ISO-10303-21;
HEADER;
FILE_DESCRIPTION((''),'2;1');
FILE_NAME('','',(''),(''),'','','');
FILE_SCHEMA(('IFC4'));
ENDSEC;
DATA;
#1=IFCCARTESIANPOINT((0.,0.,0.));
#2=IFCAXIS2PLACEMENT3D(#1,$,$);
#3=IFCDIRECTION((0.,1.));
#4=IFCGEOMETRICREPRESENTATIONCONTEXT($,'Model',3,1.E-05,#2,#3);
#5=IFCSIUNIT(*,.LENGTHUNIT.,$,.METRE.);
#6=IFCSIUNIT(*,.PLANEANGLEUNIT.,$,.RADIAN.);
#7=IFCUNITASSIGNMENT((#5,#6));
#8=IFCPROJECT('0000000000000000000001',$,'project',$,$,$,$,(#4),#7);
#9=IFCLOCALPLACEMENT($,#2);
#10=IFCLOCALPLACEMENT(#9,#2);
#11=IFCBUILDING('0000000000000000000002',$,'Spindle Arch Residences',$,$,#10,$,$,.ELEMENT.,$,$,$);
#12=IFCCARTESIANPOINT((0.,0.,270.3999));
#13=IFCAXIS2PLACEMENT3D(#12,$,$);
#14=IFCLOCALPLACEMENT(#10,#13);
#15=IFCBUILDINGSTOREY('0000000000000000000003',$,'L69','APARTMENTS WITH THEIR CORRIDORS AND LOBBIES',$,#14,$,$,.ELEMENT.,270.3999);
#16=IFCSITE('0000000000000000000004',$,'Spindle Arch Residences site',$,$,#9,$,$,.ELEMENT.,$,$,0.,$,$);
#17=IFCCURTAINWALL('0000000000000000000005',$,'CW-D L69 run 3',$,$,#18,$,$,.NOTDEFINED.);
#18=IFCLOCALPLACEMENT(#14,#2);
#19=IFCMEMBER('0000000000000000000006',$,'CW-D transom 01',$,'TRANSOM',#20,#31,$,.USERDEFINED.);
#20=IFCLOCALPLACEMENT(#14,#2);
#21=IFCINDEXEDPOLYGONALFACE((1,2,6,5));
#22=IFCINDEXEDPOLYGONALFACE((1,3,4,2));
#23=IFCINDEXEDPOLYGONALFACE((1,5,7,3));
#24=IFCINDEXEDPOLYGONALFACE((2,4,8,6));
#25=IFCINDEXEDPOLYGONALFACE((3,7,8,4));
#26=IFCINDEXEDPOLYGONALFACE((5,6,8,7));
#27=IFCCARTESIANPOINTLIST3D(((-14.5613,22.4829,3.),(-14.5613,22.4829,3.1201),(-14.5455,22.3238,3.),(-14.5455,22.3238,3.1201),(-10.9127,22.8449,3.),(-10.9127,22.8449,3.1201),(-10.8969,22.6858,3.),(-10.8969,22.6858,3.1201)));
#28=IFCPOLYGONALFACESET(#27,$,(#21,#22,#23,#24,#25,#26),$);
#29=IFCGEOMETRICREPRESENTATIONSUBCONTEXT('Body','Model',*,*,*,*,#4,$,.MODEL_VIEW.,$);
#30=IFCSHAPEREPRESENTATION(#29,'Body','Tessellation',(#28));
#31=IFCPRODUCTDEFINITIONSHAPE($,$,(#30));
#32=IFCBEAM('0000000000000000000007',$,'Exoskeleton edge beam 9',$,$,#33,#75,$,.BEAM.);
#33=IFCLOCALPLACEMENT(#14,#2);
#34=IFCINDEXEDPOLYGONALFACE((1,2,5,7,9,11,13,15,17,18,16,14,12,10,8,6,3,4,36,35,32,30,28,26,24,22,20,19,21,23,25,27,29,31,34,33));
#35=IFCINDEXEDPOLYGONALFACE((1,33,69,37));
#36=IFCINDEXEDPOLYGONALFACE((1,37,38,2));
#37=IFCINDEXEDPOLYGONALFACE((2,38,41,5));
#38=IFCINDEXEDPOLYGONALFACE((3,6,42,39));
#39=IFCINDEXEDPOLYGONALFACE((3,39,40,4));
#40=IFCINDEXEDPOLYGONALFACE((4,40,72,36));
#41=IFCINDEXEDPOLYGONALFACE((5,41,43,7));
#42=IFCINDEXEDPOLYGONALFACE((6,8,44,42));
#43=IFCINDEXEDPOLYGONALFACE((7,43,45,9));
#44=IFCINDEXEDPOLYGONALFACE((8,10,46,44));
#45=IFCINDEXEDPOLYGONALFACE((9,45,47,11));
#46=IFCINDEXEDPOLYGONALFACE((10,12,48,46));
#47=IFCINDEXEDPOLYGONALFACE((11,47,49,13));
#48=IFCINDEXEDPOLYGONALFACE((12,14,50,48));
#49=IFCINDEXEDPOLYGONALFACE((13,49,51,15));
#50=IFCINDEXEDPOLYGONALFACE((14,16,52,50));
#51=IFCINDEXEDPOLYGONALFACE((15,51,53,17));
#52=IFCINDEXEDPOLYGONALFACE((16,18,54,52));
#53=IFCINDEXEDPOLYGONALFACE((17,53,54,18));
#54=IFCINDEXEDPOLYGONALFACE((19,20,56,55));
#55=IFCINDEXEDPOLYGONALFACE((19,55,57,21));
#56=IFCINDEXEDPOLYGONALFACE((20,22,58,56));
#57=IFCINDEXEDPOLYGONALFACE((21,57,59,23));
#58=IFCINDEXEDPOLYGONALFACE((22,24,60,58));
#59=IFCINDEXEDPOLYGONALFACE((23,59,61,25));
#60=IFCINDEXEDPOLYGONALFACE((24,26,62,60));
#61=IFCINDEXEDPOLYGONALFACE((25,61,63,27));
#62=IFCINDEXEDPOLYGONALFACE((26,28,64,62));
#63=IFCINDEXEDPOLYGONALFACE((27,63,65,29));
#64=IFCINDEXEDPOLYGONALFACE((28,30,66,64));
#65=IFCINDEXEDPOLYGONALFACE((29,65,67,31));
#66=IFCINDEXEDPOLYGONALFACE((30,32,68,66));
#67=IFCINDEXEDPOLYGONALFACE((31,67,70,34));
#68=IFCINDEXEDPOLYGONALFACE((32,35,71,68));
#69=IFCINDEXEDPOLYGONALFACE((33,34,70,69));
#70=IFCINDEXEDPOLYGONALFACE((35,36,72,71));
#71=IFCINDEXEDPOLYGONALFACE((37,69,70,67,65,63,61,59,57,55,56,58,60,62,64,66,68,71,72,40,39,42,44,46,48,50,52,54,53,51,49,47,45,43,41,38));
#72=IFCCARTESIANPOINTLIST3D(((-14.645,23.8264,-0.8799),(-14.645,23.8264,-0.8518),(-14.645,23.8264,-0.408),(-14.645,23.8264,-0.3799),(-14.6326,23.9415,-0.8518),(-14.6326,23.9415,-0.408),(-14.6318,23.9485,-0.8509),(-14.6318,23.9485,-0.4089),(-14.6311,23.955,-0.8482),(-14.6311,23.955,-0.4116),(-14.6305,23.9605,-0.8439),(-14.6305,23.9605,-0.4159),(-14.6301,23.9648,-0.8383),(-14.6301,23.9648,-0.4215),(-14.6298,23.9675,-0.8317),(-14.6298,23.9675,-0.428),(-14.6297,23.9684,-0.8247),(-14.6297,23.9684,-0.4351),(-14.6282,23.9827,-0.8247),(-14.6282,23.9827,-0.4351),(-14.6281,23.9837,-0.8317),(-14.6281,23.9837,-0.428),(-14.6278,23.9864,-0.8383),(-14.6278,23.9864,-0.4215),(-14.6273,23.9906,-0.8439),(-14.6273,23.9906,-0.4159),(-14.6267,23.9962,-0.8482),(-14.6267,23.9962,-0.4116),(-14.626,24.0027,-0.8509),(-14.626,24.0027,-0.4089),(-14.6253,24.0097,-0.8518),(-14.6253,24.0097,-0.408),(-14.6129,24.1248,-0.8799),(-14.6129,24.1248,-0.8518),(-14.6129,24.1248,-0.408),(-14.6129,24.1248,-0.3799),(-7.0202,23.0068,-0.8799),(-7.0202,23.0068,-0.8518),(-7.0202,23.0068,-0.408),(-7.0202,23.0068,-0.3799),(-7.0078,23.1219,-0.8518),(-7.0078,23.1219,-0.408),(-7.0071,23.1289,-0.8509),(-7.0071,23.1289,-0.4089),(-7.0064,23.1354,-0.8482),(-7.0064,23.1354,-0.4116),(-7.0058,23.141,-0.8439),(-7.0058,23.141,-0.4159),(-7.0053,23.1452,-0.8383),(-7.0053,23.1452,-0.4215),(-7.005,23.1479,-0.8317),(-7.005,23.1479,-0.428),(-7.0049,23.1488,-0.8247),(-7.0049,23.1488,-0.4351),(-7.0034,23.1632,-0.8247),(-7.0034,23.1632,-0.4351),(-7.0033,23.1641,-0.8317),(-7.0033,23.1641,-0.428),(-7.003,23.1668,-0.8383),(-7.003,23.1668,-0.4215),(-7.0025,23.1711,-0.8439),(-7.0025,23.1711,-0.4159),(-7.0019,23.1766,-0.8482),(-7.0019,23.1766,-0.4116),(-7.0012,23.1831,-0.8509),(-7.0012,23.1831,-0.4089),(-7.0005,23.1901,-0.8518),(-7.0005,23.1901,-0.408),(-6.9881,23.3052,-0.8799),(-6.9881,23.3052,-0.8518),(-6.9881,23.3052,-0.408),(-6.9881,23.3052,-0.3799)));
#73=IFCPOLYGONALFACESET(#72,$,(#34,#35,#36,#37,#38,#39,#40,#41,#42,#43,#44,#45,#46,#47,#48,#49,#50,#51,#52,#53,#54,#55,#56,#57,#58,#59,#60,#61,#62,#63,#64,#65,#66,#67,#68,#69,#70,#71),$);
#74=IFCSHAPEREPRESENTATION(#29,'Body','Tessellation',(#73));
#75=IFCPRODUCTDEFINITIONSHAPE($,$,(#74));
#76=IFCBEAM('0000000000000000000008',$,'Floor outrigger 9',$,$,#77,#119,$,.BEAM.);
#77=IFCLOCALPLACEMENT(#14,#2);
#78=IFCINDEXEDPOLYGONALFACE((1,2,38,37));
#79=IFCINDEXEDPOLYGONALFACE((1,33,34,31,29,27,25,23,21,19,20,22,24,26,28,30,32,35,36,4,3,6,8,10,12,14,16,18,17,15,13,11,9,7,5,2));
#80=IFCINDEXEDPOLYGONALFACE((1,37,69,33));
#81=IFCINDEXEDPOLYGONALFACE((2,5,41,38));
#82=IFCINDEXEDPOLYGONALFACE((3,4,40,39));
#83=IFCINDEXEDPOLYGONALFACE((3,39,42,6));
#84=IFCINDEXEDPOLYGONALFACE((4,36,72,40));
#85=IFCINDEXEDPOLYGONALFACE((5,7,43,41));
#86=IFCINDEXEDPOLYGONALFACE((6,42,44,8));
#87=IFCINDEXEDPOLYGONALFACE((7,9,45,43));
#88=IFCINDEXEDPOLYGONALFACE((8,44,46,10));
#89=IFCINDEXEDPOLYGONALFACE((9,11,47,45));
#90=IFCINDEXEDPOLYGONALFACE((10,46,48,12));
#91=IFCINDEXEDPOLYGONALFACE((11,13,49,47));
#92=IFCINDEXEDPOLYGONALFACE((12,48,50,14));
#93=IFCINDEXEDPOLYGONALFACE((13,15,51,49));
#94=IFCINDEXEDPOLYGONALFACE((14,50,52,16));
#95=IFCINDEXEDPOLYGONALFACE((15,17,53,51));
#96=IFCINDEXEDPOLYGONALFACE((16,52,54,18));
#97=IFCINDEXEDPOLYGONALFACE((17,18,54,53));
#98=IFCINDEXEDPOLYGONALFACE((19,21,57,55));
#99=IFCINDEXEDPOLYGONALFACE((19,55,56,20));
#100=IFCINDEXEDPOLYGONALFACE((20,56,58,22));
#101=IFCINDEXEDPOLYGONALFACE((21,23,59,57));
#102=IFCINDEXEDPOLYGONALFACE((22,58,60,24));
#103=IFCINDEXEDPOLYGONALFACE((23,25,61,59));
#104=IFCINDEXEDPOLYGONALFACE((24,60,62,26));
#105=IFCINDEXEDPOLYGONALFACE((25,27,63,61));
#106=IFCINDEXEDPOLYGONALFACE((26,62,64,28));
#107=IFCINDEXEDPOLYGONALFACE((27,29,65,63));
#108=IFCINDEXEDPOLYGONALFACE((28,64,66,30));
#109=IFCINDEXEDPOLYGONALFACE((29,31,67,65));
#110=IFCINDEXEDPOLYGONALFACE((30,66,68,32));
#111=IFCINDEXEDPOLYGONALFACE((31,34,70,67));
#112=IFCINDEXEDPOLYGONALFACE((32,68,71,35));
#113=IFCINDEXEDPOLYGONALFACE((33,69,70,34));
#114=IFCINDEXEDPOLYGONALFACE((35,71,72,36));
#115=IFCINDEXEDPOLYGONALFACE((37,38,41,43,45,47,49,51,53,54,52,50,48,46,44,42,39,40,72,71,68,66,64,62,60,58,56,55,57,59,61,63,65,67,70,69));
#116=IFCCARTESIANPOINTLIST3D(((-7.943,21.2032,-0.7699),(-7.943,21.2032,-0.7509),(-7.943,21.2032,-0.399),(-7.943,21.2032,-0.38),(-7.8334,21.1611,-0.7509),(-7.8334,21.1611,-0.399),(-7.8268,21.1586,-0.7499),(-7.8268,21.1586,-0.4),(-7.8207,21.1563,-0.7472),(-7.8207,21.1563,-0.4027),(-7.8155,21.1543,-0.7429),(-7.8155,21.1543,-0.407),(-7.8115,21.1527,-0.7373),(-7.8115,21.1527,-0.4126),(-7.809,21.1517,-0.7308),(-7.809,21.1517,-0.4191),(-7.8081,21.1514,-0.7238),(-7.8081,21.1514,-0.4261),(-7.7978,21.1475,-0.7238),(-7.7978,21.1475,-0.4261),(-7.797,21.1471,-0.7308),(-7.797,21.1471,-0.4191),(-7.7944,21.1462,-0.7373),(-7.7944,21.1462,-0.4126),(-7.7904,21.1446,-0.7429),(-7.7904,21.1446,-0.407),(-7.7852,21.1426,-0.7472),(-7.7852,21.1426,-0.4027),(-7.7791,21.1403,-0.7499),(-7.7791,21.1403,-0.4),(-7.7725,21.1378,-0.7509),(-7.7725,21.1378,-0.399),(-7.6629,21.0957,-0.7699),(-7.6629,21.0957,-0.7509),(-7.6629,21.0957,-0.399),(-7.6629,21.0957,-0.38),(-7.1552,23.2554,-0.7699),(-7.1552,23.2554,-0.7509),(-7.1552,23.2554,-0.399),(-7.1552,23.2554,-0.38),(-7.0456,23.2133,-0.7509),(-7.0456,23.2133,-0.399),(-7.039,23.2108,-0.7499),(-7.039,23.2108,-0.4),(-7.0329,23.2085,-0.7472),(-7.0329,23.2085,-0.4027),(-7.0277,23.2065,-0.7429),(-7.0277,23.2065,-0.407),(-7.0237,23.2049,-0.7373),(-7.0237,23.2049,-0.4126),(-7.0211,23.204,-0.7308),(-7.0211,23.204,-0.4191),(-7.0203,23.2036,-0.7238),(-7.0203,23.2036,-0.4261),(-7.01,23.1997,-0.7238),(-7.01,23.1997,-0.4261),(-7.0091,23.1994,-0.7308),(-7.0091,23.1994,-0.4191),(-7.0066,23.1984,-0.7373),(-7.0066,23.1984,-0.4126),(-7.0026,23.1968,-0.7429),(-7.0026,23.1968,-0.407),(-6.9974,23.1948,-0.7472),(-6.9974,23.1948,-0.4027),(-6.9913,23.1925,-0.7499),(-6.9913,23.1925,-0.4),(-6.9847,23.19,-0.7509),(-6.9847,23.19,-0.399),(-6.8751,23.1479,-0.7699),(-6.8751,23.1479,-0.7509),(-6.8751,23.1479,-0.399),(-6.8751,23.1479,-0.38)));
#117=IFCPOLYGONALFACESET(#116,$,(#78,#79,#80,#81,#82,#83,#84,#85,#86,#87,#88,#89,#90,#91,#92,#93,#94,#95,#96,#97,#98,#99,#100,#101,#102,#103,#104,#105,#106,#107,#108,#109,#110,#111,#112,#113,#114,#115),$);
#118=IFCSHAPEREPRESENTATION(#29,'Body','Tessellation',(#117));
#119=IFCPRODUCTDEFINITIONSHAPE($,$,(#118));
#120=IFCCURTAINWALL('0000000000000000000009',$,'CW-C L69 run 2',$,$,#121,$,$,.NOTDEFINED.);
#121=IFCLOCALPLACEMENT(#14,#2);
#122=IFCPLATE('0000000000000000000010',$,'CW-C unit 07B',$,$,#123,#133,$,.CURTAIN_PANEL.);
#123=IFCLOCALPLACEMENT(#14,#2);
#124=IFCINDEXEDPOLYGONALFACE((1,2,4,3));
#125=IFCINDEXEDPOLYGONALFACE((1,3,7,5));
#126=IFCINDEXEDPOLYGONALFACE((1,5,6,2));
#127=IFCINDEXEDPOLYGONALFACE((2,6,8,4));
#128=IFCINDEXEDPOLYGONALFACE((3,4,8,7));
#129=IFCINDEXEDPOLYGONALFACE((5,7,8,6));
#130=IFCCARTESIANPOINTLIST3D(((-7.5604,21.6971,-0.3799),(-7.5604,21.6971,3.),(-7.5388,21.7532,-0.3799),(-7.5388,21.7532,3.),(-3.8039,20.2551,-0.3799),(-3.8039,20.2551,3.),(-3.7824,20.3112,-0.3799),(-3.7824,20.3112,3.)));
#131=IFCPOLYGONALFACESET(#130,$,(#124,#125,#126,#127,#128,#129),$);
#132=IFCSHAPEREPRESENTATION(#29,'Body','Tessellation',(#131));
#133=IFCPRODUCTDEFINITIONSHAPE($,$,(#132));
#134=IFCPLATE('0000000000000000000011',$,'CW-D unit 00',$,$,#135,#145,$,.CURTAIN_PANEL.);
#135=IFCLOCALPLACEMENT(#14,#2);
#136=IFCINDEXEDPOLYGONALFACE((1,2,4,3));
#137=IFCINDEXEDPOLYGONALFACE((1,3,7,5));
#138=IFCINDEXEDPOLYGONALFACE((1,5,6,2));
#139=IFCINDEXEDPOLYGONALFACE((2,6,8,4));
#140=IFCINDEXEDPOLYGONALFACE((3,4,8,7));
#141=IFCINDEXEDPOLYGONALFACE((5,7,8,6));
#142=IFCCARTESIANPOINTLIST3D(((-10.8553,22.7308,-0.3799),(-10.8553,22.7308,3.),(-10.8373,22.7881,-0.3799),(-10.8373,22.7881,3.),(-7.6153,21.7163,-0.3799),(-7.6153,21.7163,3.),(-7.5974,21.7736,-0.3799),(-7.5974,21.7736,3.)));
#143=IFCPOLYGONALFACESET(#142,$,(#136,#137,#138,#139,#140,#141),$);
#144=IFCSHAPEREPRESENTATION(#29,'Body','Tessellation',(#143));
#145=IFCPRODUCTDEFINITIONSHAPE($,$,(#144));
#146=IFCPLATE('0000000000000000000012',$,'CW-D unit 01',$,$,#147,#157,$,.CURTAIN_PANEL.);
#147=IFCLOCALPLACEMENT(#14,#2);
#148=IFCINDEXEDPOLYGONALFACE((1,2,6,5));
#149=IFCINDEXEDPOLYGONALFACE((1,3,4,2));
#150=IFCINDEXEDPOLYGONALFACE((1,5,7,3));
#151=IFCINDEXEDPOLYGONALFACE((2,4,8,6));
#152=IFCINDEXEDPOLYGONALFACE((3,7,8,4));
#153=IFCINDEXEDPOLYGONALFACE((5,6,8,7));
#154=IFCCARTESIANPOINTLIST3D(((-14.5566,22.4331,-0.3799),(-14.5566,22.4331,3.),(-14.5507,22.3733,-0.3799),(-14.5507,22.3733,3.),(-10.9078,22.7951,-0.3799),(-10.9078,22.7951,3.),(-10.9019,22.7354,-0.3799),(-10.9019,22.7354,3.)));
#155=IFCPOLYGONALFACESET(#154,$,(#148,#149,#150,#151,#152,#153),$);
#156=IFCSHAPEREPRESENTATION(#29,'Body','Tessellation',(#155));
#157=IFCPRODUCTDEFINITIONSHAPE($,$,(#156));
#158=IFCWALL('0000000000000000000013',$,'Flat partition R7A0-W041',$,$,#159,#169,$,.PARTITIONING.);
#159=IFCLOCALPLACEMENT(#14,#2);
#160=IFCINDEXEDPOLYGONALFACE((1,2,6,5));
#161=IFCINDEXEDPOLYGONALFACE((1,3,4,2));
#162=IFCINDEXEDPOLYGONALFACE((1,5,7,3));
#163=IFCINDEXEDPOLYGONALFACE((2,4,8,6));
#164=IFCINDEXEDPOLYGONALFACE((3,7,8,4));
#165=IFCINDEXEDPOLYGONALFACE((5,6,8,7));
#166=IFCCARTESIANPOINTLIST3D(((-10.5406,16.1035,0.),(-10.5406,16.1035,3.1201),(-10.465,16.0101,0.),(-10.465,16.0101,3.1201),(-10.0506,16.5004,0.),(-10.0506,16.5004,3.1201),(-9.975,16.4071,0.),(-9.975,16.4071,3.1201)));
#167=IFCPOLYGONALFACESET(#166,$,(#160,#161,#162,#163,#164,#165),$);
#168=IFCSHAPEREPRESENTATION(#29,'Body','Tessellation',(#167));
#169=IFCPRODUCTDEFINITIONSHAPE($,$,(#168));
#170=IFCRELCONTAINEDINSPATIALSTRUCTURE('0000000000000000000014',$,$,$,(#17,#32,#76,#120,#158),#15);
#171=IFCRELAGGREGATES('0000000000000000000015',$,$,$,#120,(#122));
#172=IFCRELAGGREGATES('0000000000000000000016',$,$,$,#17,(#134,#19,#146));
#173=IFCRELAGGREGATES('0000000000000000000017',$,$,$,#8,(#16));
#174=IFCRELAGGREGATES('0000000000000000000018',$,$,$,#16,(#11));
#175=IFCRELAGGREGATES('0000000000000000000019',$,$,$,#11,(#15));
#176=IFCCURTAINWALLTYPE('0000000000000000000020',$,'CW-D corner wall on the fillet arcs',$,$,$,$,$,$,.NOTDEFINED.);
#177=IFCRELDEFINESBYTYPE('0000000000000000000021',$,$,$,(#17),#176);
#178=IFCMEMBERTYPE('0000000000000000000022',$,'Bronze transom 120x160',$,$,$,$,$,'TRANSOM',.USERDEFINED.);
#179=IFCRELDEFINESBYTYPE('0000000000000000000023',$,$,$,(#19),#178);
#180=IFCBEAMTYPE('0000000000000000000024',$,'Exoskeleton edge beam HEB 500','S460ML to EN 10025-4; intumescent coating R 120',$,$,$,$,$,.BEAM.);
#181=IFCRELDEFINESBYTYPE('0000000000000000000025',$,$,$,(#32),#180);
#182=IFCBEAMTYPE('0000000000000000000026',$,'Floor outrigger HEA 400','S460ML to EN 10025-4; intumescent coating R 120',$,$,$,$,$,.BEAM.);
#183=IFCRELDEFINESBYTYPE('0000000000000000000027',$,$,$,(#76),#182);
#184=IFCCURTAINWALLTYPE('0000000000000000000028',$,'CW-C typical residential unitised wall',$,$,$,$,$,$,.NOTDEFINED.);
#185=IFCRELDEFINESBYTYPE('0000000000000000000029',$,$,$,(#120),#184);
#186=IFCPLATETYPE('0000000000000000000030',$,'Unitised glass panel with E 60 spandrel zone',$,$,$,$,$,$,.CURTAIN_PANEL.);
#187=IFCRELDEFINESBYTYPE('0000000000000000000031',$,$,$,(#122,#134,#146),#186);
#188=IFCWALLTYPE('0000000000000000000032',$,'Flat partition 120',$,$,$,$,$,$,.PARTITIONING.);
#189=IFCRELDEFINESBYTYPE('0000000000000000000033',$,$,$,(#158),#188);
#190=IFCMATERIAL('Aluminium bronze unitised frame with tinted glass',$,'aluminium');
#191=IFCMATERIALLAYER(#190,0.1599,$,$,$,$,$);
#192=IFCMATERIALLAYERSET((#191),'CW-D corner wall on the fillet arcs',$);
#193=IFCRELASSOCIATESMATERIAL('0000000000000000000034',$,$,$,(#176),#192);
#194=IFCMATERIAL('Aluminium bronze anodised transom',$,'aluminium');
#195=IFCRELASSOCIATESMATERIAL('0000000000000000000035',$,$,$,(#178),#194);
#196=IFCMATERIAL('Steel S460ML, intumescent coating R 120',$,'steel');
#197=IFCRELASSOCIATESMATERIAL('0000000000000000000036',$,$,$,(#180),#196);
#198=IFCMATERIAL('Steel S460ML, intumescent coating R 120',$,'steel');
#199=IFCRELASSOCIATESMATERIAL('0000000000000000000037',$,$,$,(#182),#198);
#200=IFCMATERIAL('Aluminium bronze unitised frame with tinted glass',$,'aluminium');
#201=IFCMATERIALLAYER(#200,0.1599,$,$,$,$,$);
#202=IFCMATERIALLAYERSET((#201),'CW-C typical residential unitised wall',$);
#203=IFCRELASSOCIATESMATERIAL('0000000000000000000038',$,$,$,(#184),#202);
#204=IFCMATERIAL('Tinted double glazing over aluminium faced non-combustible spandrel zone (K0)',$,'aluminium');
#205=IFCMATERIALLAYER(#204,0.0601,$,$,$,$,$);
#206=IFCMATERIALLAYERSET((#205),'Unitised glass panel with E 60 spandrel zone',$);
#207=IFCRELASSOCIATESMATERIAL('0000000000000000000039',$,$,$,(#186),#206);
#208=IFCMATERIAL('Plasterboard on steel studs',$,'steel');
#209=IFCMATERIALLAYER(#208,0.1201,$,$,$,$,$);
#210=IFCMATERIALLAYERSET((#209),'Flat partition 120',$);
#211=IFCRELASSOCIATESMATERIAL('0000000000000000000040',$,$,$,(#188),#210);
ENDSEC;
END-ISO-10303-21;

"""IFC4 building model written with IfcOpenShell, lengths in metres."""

from ifc_helpers import new_model, si_unit, direction, frame, frame_2d, origin, origin_2d, place, context, subcontext, project, spatial, rectangle, i_section, extrude, material, layer, layer_set, material_profile, profile_set, type_object, element, aggregate, save


model = new_model("IFC4")

# Units and contexts
model_context = context("Model", 3, precision=1e-05, world=origin(), true_north=direction((0.0, 1.0)))
body_context = subcontext(model_context, "Body", "Model", "MODEL_VIEW")
ifc_project = project(units=[si_unit("LENGTHUNIT", "METRE"), si_unit("PLANEANGLEUNIT", "RADIAN")], contexts=[model_context])

# Site, building, storey
site_placement = place(None, origin())
site = spatial("IfcSite", under=ifc_project, at=site_placement, Name="Spindle Arch Residences site", CompositionType="ELEMENT", RefElevation=0.0)
building_placement = place(site_placement, origin())
building = spatial("IfcBuilding", under=site, at=building_placement, Name="Spindle Arch Residences", CompositionType="ELEMENT")
storey_placement = place(building_placement, frame((0.0, 0.0, 270.3999)))
storey = spatial("IfcBuildingStorey", under=building, at=storey_placement, Name="L69", Description="APARTMENTS WITH THEIR CORRIDORS AND LOBBIES", CompositionType="ELEMENT", Elevation=270.3999)

# Curtain wall, member
ifc_material_1 = material(Name="Aluminium bronze unitised frame with tinted glass", Category="aluminium")
ifc_layer_1 = layer(ifc_material_1, 0.1599)
ifc_layer_set_1 = layer_set([ifc_layer_1], Name="CW-D corner wall on the fillet arcs")
curtain_wall_type_1 = type_object("IfcCurtainWallType", Name="CW-D corner wall on the fillet arcs", PredefinedType="NOTDEFINED", material=ifc_layer_set_1)
curtain_wall_1_placement = place(storey_placement, origin())
curtain_wall_1 = element("IfcCurtainWall", 1, at=curtain_wall_1_placement, inside=storey, type_object=curtain_wall_type_1, Name="CW-D L69 run 3", PredefinedType="NOTDEFINED")
ifc_material_2 = material(Name="Aluminium bronze anodised transom", Category="aluminium")
ifc_material_profile_1 = material_profile(ifc_material_2, rectangle(XDim=0.1599, YDim=0.1201, at=origin_2d()), Name="TR 120x160")
ifc_profile_set_1 = profile_set([ifc_material_profile_1], Name="Aluminium bronze anodised transom")
member_type_1 = type_object("IfcMemberType", Name="Bronze transom 120x160", ElementType="TRANSOM", PredefinedType="USERDEFINED", material=ifc_profile_set_1)
member_1_placement = place(storey_placement, frame((-10.9048, 22.7654, 3.0601), z_axis=(-0.995113, -0.098746, 0.0), x_axis=(0.098746, -0.995113, 0.0)))
member_1 = element("IfcMember", 2, at=member_1_placement, type_object=member_type_1, Name="CW-D transom 01", ObjectType="TRANSOM", PredefinedType="USERDEFINED", context=body_context, shape_type="SweptSolid", body=[
    extrude(rectangle(XDim=0.1599, YDim=0.1201, at=origin_2d()), origin(), (0.0, 0.0, 1.0), 3.6665),
])

# Beams
ifc_material_3 = material(Name="Steel S460ML, intumescent coating R 120", Category="steel")
ifc_material_profile_2 = material_profile(ifc_material_3, i_section(OverallWidth=0.3, OverallDepth=0.5, WebThickness=0.0144, FlangeThickness=0.0281, FilletRadius=0.0271, at=origin_2d()), Name="HEB 500")
ifc_profile_set_2 = profile_set([ifc_material_profile_2], Name="Steel S460ML, intumescent coating R 120")
beam_type_1 = type_object("IfcBeamType", Name="Exoskeleton edge beam HEB 500", Description="S460ML to EN 10025-4; intumescent coating R 120", PredefinedType="BEAM", material=ifc_profile_set_2)
beam_1_placement = place(storey_placement, frame((-7.0042, 23.156, -0.6299), z_axis=(-0.994273, 0.106874, 0.0), x_axis=(-0.106874, -0.994273, 0.0)))
element("IfcBeam", 3, at=beam_1_placement, inside=storey, type_object=beam_type_1, Name="Exoskeleton edge beam 9", PredefinedType="BEAM", context=body_context, shape_type="SweptSolid", body=[
    extrude(i_section(OverallWidth=0.3, OverallDepth=0.5, WebThickness=0.0144, FlangeThickness=0.0281, FilletRadius=0.0271, at=origin_2d()), origin(), (0.0, 0.0, 1.0), 7.6687),
])
ifc_material_4 = material(Name="Steel S460ML, intumescent coating R 120", Category="steel")
ifc_material_profile_3 = material_profile(ifc_material_4, i_section(OverallWidth=0.3, OverallDepth=0.3899, WebThickness=0.011, FlangeThickness=0.019, FilletRadius=0.0271, at=origin_2d()), Name="HEA 400")
ifc_profile_set_3 = profile_set([ifc_material_profile_3], Name="Steel S460ML, intumescent coating R 120")
beam_type_2 = type_object("IfcBeamType", Name="Floor outrigger HEA 400", Description="S460ML to EN 10025-4; intumescent coating R 120", PredefinedType="BEAM", material=ifc_profile_set_3)
beam_2_placement = place(storey_placement, frame((-7.0151, 23.2017, -0.575), z_axis=(-0.358391, -0.933572, 0.0), x_axis=(0.933572, -0.358391, 0.0)))
element("IfcBeam", 4, at=beam_2_placement, inside=storey, type_object=beam_type_2, Name="Floor outrigger 9", PredefinedType="BEAM", context=body_context, shape_type="SweptSolid", body=[
    extrude(i_section(OverallWidth=0.3, OverallDepth=0.3899, WebThickness=0.011, FlangeThickness=0.019, FilletRadius=0.0271, at=origin_2d()), origin(), (0.0, 0.0, 1.0), 2.1982),
])

# Curtain wall, plate
ifc_material_5 = material(Name="Aluminium bronze unitised frame with tinted glass", Category="aluminium")
ifc_layer_2 = layer(ifc_material_5, 0.1599)
ifc_layer_set_2 = layer_set([ifc_layer_2], Name="CW-C typical residential unitised wall")
curtain_wall_type_2 = type_object("IfcCurtainWallType", Name="CW-C typical residential unitised wall", PredefinedType="NOTDEFINED", material=ifc_layer_set_2)
curtain_wall_2_placement = place(storey_placement, origin())
curtain_wall_2 = element("IfcCurtainWall", 5, at=curtain_wall_2_placement, inside=storey, type_object=curtain_wall_type_2, Name="CW-C L69 run 2", PredefinedType="NOTDEFINED")
ifc_material_6 = material(Name="Tinted double glazing over aluminium faced non-combustible spandrel zone (K0)", Category="aluminium")
ifc_layer_3 = layer(ifc_material_6, 0.0601)
ifc_layer_set_3 = layer_set([ifc_layer_3], Name="Unitised glass panel with E 60 spandrel zone")
plate_type = type_object("IfcPlateType", Name="Unitised glass panel with E 60 spandrel zone", PredefinedType="CURTAIN_PANEL", material=ifc_layer_set_3)
plate_1_placement = place(storey_placement, frame((-5.6714, 21.0042, -0.3799), z_axis=(0.0, 0.0, 1.0), x_axis=(-0.93358, 0.358368, 0.0)))
plate_1 = element("IfcPlate", 6, at=plate_1_placement, type_object=plate_type, Name="CW-C unit 07B", PredefinedType="CURTAIN_PANEL", context=body_context, shape_type="SweptSolid", body=[
    extrude(rectangle(XDim=4.0237, YDim=0.0601, at=origin_2d()), origin(), (0.0, 0.0, 1.0), 3.3799),
])
aggregate(curtain_wall_2, [plate_1])

# Plates
plate_2_placement = place(storey_placement, frame((-9.2263, 22.2522, -0.3799), z_axis=(0.0, 0.0, 1.0), x_axis=(-0.954315, 0.298803, 0.0)))
plate_2 = element("IfcPlate", 7, at=plate_2_placement, type_object=plate_type, Name="CW-D unit 00", PredefinedType="CURTAIN_PANEL", context=body_context, shape_type="SweptSolid", body=[
    extrude(rectangle(XDim=3.395, YDim=0.0601, at=origin_2d()), origin(), (0.0, 0.0, 1.0), 3.3799),
])
plate_3_placement = place(storey_placement, frame((-12.7292, 22.5842, -0.3799), z_axis=(0.0, 0.0, 1.0), x_axis=(-0.995113, -0.098741, 0.0)))
plate_3 = element("IfcPlate", 8, at=plate_3_placement, type_object=plate_type, Name="CW-D unit 01", PredefinedType="CURTAIN_PANEL", context=body_context, shape_type="SweptSolid", body=[
    extrude(rectangle(XDim=3.6667, YDim=0.0601, at=origin_2d()), origin(), (0.0, 0.0, 1.0), 3.3799),
])
aggregate(curtain_wall_1, [plate_2, member_1, plate_3])

# Wall
ifc_material_7 = material(Name="Plasterboard on steel studs", Category="steel")
ifc_layer_4 = layer(ifc_material_7, 0.1201)
ifc_layer_set_4 = layer_set([ifc_layer_4], Name="Flat partition 120")
wall_type = type_object("IfcWallType", Name="Flat partition 120", PredefinedType="PARTITIONING", material=ifc_layer_set_4)
wall_1_placement = place(storey_placement, frame((-10.0127, 16.4539, 0.0), z_axis=(0.0, 0.0, 1.0), x_axis=(-0.777001, -0.629499, 0.0)))
element("IfcWall", 9, at=wall_1_placement, inside=storey, type_object=wall_type, Name="Flat partition R7A0-W041", PredefinedType="PARTITIONING", context=body_context, shape_type="SweptSolid", body=[
    extrude(rectangle(XDim=0.6306, YDim=0.1201, at=frame_2d((0.3154, 0.0))), origin(), (0.0, 0.0, 1.0), 3.1201),
])

save(model, "model.ifc")
